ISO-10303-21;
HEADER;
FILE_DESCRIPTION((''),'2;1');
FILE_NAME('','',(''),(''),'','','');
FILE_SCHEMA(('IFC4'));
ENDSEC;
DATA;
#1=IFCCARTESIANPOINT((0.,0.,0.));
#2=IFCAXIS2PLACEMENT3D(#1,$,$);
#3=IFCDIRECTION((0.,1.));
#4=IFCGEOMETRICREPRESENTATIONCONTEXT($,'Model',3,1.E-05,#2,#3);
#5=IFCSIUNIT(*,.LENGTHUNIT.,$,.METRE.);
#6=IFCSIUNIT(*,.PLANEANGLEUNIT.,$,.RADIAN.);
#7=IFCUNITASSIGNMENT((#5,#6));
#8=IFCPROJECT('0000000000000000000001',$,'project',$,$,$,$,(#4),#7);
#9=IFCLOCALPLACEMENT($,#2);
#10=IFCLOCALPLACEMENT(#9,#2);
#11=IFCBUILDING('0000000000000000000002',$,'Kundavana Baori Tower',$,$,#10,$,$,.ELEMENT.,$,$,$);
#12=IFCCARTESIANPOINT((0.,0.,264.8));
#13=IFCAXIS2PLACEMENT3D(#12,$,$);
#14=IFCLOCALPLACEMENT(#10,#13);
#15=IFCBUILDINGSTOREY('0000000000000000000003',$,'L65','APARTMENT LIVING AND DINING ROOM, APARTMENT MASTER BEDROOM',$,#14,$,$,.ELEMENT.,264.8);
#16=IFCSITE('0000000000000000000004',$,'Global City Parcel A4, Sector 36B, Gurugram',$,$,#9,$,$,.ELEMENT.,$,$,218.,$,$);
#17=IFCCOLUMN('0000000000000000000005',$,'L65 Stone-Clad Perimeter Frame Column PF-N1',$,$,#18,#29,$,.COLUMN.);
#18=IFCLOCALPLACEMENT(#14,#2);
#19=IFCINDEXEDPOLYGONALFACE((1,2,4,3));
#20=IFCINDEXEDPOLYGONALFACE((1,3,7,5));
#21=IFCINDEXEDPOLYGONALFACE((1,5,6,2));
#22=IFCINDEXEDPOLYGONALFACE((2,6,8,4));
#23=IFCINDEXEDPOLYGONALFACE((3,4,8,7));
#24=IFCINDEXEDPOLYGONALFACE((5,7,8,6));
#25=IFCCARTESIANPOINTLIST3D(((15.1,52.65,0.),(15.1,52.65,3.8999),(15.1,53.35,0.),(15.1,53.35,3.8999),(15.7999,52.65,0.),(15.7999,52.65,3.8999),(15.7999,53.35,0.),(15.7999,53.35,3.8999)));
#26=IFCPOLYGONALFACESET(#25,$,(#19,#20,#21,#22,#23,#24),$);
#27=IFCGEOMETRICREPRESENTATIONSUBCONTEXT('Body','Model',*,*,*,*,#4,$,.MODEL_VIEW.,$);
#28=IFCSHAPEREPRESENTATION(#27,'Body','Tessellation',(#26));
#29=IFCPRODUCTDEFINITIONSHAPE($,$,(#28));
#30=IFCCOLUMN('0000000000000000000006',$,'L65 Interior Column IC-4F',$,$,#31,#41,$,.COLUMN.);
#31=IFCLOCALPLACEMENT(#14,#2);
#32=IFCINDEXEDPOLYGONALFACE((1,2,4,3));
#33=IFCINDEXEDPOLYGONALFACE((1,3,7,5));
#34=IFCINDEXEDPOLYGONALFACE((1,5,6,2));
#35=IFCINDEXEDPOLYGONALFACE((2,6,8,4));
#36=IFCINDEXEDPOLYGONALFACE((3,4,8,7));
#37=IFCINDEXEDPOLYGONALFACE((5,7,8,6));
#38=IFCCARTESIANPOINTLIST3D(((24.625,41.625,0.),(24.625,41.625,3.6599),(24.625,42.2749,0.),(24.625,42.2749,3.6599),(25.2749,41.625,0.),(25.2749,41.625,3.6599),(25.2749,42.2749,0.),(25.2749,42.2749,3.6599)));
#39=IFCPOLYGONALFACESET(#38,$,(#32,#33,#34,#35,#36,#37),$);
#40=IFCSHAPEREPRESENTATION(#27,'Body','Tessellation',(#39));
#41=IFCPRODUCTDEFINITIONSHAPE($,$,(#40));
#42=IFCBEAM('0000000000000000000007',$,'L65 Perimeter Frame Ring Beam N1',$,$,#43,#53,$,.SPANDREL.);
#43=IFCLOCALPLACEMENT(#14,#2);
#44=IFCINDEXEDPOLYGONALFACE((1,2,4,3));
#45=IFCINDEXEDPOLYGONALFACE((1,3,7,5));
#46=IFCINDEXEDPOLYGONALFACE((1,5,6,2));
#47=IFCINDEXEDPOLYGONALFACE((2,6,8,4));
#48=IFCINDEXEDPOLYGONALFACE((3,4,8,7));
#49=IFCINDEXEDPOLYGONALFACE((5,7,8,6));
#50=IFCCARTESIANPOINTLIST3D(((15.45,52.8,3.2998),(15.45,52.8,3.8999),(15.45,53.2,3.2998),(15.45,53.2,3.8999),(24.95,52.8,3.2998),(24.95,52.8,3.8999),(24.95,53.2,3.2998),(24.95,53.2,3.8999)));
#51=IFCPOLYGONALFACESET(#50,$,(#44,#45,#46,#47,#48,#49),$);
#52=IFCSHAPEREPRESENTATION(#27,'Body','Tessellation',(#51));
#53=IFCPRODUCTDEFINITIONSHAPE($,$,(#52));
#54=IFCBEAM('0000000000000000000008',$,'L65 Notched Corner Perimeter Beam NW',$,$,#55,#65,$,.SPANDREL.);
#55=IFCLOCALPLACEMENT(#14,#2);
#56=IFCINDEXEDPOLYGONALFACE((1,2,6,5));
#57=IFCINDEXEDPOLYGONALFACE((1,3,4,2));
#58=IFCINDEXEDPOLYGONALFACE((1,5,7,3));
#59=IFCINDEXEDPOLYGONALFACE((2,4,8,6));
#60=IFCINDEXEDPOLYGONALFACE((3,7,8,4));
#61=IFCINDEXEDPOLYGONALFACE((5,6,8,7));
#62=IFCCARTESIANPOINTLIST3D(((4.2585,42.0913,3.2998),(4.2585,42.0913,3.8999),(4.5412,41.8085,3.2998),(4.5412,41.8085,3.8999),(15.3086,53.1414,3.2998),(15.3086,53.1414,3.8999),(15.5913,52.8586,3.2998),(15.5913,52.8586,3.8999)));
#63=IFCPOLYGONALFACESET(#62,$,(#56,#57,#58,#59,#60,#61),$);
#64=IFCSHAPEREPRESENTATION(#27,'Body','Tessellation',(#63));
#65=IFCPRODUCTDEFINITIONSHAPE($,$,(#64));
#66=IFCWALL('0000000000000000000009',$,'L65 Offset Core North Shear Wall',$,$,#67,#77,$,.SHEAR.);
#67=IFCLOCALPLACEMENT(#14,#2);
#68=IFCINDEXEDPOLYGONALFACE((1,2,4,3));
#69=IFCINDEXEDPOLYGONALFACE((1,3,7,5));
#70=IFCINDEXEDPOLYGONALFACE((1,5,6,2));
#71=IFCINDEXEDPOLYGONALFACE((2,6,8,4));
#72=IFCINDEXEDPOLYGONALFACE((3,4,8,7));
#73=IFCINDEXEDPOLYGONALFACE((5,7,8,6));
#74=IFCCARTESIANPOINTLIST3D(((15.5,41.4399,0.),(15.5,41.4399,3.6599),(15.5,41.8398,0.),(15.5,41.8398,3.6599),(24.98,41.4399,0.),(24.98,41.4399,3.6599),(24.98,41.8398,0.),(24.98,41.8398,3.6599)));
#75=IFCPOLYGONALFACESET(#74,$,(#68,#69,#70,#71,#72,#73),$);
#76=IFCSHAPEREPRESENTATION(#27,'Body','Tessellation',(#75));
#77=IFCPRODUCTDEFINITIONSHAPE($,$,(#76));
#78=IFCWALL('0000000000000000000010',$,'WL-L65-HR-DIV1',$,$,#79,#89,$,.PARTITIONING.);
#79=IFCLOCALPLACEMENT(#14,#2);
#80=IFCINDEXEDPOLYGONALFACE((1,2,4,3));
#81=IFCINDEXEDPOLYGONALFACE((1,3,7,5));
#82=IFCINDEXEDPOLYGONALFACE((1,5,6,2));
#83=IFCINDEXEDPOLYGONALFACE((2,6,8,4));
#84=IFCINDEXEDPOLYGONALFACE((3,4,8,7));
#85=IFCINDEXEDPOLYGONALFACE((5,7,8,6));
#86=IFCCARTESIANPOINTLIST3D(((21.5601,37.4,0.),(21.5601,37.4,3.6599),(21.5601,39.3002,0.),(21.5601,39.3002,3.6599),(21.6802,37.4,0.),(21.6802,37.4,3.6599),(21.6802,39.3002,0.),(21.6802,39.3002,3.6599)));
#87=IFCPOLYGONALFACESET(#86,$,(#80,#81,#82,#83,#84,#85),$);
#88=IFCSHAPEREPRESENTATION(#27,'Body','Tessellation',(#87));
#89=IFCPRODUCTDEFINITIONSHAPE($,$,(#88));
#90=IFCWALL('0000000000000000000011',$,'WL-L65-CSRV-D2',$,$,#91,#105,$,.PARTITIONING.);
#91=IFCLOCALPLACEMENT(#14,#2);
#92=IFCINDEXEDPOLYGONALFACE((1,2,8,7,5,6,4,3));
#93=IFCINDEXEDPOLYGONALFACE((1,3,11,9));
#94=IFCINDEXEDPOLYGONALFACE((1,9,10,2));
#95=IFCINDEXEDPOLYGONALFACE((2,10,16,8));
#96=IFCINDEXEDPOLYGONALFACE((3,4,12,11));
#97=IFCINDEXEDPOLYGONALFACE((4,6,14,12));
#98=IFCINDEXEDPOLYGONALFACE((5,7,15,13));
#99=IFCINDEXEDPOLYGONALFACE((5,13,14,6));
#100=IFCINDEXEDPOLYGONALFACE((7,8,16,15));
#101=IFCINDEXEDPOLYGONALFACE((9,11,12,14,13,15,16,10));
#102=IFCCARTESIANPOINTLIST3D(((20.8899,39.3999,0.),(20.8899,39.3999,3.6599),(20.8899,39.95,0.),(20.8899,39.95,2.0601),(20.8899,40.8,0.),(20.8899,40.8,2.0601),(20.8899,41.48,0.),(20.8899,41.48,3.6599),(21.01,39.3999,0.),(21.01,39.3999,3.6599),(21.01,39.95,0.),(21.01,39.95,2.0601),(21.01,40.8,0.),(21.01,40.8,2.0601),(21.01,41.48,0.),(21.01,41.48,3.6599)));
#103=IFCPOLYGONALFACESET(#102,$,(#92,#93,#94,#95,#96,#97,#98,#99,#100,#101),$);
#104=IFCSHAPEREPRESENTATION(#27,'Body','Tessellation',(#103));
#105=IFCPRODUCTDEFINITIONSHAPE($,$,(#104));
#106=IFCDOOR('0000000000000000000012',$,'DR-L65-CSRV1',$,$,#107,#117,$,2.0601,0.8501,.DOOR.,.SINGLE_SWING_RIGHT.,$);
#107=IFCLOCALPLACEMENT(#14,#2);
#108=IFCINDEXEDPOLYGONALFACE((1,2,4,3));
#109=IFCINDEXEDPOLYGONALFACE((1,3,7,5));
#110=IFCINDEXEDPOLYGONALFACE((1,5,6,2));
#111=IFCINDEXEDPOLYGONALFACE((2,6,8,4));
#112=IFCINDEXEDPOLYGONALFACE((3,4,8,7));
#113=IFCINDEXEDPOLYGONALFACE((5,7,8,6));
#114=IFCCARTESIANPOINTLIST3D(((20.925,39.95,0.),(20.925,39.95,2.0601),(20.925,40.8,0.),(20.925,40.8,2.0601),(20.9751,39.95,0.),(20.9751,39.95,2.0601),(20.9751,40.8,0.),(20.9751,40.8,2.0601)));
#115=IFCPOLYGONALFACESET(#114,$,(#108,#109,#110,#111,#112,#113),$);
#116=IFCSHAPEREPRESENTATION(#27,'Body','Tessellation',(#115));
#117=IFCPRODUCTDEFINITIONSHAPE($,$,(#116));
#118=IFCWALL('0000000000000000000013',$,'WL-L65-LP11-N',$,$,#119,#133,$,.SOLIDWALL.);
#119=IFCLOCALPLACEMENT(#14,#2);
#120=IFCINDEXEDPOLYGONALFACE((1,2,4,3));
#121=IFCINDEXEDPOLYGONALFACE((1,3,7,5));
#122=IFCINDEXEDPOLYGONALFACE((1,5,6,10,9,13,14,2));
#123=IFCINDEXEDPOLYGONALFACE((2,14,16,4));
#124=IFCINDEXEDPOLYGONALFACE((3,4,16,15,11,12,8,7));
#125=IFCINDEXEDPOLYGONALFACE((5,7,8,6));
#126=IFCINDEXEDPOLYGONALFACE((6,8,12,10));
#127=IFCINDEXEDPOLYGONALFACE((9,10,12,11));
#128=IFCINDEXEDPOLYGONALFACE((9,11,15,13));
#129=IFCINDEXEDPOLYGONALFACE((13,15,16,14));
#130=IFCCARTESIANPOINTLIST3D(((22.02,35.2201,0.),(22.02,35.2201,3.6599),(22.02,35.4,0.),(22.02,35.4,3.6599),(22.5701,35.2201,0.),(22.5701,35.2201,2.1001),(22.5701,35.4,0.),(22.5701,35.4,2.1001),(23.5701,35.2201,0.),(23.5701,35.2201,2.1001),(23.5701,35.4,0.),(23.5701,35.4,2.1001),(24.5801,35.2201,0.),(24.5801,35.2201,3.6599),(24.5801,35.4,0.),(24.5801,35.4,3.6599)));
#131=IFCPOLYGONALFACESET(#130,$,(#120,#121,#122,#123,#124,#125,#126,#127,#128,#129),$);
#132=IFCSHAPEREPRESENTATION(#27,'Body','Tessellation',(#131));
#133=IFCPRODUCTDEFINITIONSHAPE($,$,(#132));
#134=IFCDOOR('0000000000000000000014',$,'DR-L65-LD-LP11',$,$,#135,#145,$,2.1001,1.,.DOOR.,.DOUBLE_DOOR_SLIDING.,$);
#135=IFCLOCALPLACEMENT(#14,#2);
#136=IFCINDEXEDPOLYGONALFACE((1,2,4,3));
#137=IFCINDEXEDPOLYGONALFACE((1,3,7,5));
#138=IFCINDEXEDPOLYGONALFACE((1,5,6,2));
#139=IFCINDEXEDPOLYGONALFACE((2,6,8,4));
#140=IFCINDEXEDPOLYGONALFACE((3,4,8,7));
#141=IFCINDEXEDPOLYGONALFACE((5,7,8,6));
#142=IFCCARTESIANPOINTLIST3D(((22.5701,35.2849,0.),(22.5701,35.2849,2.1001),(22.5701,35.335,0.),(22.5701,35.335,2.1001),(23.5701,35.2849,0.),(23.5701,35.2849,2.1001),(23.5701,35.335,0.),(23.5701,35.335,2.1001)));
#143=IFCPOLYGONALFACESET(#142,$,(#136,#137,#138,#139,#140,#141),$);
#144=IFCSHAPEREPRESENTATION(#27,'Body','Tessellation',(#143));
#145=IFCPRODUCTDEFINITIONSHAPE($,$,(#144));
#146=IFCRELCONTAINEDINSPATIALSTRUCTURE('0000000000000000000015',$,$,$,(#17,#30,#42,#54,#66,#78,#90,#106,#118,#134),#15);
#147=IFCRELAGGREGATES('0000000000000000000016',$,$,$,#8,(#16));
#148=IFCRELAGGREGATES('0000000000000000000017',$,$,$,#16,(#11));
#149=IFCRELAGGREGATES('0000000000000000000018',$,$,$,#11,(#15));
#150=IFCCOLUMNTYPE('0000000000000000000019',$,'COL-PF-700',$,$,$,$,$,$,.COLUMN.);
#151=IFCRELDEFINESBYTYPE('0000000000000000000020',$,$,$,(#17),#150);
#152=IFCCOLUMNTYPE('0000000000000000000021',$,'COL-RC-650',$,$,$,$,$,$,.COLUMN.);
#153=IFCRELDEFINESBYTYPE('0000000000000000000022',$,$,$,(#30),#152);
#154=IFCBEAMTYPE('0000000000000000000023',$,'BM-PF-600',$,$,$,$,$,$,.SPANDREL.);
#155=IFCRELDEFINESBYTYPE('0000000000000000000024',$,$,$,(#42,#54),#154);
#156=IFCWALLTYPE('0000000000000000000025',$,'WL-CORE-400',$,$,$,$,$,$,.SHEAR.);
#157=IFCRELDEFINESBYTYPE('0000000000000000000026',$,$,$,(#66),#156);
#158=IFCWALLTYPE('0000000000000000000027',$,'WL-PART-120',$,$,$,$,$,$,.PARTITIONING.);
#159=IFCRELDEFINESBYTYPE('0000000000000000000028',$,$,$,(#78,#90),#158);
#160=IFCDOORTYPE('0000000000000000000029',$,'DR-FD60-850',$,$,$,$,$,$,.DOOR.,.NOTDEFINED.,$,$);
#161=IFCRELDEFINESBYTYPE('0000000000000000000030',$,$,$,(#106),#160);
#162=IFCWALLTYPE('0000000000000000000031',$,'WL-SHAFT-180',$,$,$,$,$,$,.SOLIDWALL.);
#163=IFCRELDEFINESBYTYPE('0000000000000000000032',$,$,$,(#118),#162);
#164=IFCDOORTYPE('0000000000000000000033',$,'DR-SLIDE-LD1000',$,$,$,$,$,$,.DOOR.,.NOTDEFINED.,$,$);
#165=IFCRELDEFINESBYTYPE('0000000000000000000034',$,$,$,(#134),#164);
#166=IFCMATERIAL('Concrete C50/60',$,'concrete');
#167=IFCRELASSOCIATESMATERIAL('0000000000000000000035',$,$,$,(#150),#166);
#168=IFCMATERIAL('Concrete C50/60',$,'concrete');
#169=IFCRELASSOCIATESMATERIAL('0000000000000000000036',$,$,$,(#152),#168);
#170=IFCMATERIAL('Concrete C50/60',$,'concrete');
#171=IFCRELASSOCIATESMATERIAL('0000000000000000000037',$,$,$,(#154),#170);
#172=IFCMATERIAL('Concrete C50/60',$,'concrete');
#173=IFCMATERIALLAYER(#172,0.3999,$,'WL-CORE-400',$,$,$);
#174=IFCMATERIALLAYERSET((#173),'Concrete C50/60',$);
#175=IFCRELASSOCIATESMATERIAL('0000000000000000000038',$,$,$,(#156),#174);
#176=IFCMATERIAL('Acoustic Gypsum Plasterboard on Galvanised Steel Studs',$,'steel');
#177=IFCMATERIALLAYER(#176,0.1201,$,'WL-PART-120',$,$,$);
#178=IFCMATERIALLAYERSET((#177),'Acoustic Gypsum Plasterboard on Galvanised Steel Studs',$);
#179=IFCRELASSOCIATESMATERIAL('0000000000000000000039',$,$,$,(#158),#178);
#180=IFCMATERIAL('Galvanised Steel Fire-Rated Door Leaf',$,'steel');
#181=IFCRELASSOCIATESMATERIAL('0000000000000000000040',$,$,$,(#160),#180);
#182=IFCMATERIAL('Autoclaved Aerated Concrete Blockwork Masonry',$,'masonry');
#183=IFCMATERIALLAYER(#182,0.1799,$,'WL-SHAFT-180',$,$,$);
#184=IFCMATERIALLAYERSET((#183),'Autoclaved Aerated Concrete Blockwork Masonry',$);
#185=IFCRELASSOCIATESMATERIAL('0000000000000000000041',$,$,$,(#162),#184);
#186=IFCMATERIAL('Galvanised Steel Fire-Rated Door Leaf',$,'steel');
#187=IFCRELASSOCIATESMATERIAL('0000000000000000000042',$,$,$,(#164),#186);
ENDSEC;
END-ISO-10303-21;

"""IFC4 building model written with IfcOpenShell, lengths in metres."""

from ifc_helpers import new_model, si_unit, direction, frame, frame_2d, origin, origin_2d, place, context, subcontext, project, spatial, rectangle, extrude, material, layer, layer_set, material_profile, profile_set, type_object, element, fill, save


model = new_model("IFC4")

# Units and contexts
model_context = context("Model", 3, precision=1e-05, world=origin(), true_north=direction((0.0, 1.0)))
body_context = subcontext(model_context, "Body", "Model", "MODEL_VIEW")
ifc_project = project(units=[si_unit("LENGTHUNIT", "METRE"), si_unit("PLANEANGLEUNIT", "RADIAN")], contexts=[model_context])

# Site, building, storey
site_placement = place(None, origin())
site = spatial("IfcSite", under=ifc_project, at=site_placement, Name="Global City Parcel A4, Sector 36B, Gurugram", CompositionType="ELEMENT", RefElevation=218.0)
building_placement = place(site_placement, origin())
building = spatial("IfcBuilding", under=site, at=building_placement, Name="Kundavana Baori Tower", CompositionType="ELEMENT")
storey_placement = place(building_placement, frame((0.0, 0.0, 264.8)))
storey = spatial("IfcBuildingStorey", under=building, at=storey_placement, Name="L65", Description="APARTMENT LIVING AND DINING ROOM, APARTMENT MASTER BEDROOM", CompositionType="ELEMENT", Elevation=264.8)

# Columns
ifc_material_1 = material(Name="Concrete C50/60", Category="concrete")
ifc_material_profile_1 = material_profile(ifc_material_1, rectangle(XDim=0.7, YDim=0.7, at=origin_2d()), Name="RC PF 700x700")
ifc_profile_set_1 = profile_set([ifc_material_profile_1], Name="Concrete C50/60")
column_type_1 = type_object("IfcColumnType", Name="COL-PF-700", PredefinedType="COLUMN", material=ifc_profile_set_1)
column_1_placement = place(storey_placement, frame((15.45, 53.0, 0.0), z_axis=(0.0, 0.0, 1.0), x_axis=(1.0, 0.0, 0.0)))
element("IfcColumn", 1, at=column_1_placement, inside=storey, type_object=column_type_1, Name="L65 Stone-Clad Perimeter Frame Column PF-N1", PredefinedType="COLUMN", context=body_context, shape_type="SweptSolid", body=[
    extrude(rectangle(XDim=0.7, YDim=0.7, at=origin_2d()), origin(), (0.0, 0.0, 1.0), 3.8999),
])
ifc_material_2 = material(Name="Concrete C50/60", Category="concrete")
ifc_material_profile_2 = material_profile(ifc_material_2, rectangle(XDim=0.6499, YDim=0.6499, at=origin_2d()), Name="RC 650x650")
ifc_profile_set_2 = profile_set([ifc_material_profile_2], Name="Concrete C50/60")
column_type_2 = type_object("IfcColumnType", Name="COL-RC-650", PredefinedType="COLUMN", material=ifc_profile_set_2)
column_2_placement = place(storey_placement, frame((24.95, 41.95, 0.0), z_axis=(0.0, 0.0, 1.0), x_axis=(1.0, 0.0, 0.0)))
element("IfcColumn", 2, at=column_2_placement, inside=storey, type_object=column_type_2, Name="L65 Interior Column IC-4F", PredefinedType="COLUMN", context=body_context, shape_type="SweptSolid", body=[
    extrude(rectangle(XDim=0.6499, YDim=0.6499, at=origin_2d()), origin(), (0.0, 0.0, 1.0), 3.6599),
])

# Beams
ifc_material_3 = material(Name="Concrete C50/60", Category="concrete")
ifc_material_profile_3 = material_profile(ifc_material_3, rectangle(XDim=0.3999, YDim=0.6001, at=origin_2d()), Name="RC BM 400x600")
ifc_profile_set_3 = profile_set([ifc_material_profile_3], Name="Concrete C50/60")
beam_type = type_object("IfcBeamType", Name="BM-PF-600", PredefinedType="SPANDREL", material=ifc_profile_set_3)
beam_1_placement = place(storey_placement, frame((15.45, 53.0, 3.5999), z_axis=(1.0, 0.0, 0.0), x_axis=(0.0, 1.0, 0.0)))
element("IfcBeam", 3, at=beam_1_placement, inside=storey, type_object=beam_type, Name="L65 Perimeter Frame Ring Beam N1", PredefinedType="SPANDREL", context=body_context, shape_type="SweptSolid", body=[
    extrude(rectangle(XDim=0.3999, YDim=0.6001, at=origin_2d()), origin(), (0.0, 0.0, 1.0), 9.5),
])
beam_2_placement = place(storey_placement, frame((15.45, 53.0, 3.5999), z_axis=(-0.707107, -0.707107, 0.0), x_axis=(0.707107, -0.707107, 0.0)))
element("IfcBeam", 4, at=beam_2_placement, inside=storey, type_object=beam_type, Name="L65 Notched Corner Perimeter Beam NW", PredefinedType="SPANDREL", context=body_context, shape_type="SweptSolid", body=[
    extrude(rectangle(XDim=0.3999, YDim=0.6001, at=origin_2d()), origin(), (0.0, 0.0, 1.0), 15.6272),
])

# Walls
ifc_material_4 = material(Name="Concrete C50/60", Category="concrete")
ifc_layer_1 = layer(ifc_material_4, 0.3999, Name="WL-CORE-400")
ifc_layer_set_1 = layer_set([ifc_layer_1], Name="Concrete C50/60")
wall_type_1 = type_object("IfcWallType", Name="WL-CORE-400", PredefinedType="SHEAR", material=ifc_layer_set_1)
wall_1_placement = place(storey_placement, frame((15.5, 41.6399, 0.0), z_axis=(0.0, 0.0, 1.0), x_axis=(1.0, 0.0, 0.0)))
element("IfcWall", 5, at=wall_1_placement, inside=storey, type_object=wall_type_1, Name="L65 Offset Core North Shear Wall", PredefinedType="SHEAR", context=body_context, shape_type="SweptSolid", body=[
    extrude(rectangle(XDim=9.48, YDim=0.3999, at=frame_2d((4.74, 0.0))), origin(), (0.0, 0.0, 1.0), 3.6599),
])
ifc_material_5 = material(Name="Acoustic Gypsum Plasterboard on Galvanised Steel Studs", Category="steel")
ifc_layer_2 = layer(ifc_material_5, 0.1201, Name="WL-PART-120")
ifc_layer_set_2 = layer_set([ifc_layer_2], Name="Acoustic Gypsum Plasterboard on Galvanised Steel Studs")
wall_type_2 = type_object("IfcWallType", Name="WL-PART-120", PredefinedType="PARTITIONING", material=ifc_layer_set_2)
wall_2_placement = place(storey_placement, frame((21.6201, 37.3999, 0.0), z_axis=(0.0, 0.0, 1.0), x_axis=(0.0, 1.0, 0.0)))
element("IfcWall", 6, at=wall_2_placement, inside=storey, type_object=wall_type_2, Name="WL-L65-HR-DIV1", PredefinedType="PARTITIONING", context=body_context, shape_type="SweptSolid", body=[
    extrude(rectangle(XDim=1.9001, YDim=0.1201, at=frame_2d((0.9502, 0.0))), origin(), (0.0, 0.0, 1.0), 3.6599),
])

# Walls, openings, doors
wall_3_placement = place(storey_placement, frame((20.95, 39.3999, 0.0), z_axis=(0.0, 0.0, 1.0), x_axis=(0.0, 1.0, 0.0)))
wall_3 = element("IfcWall", 7, at=wall_3_placement, inside=storey, type_object=wall_type_2, Name="WL-L65-CSRV-D2", PredefinedType="PARTITIONING", context=body_context, shape_type="SweptSolid", body=[
    extrude(rectangle(XDim=2.0801, YDim=0.1201, at=frame_2d((1.04, 0.0))), origin(), (0.0, 0.0, 1.0), 3.6599),
])
opening_1_placement = place(wall_3_placement, frame((0.55, 0.0, 0.0)))
opening_1 = element("IfcOpeningElement", 8, at=opening_1_placement, cuts=wall_3, PredefinedType="OPENING", context=body_context, shape_type="SweptSolid", body=[
    extrude(rectangle(XDim=0.8501, YDim=2.0601, at=frame_2d((0.425, 1.03))), frame((0.0, 0.0701, 0.0), z_axis=(0.0, -1.0, 0.0), x_axis=(1.0, 0.0, 0.0)), (0.0, 0.0, 1.0), 0.1401),
])
ifc_material_6 = material(Name="Galvanised Steel Fire-Rated Door Leaf", Category="steel")
door_type_1 = type_object("IfcDoorType", Name="DR-FD60-850", OperationType="NOTDEFINED", PredefinedType="DOOR", material=ifc_material_6)
door_1_placement = place(opening_1_placement, origin())
door_1 = element("IfcDoor", 9, at=door_1_placement, inside=storey, type_object=door_type_1, Name="DR-L65-CSRV1", OperationType="SINGLE_SWING_RIGHT", OverallHeight=2.0601, OverallWidth=0.8501, PredefinedType="DOOR", context=body_context, shape_type="SweptSolid", body=[
    extrude(rectangle(XDim=0.8501, YDim=2.0601, at=frame_2d((0.425, 1.03))), frame((0.0, 0.0249, 0.0), z_axis=(0.0, -1.0, 0.0), x_axis=(1.0, 0.0, 0.0)), (0.0, 0.0, 1.0), 0.05),
])
fill(opening_1, door_1)
ifc_material_7 = material(Name="Autoclaved Aerated Concrete Blockwork Masonry", Category="masonry")
ifc_layer_3 = layer(ifc_material_7, 0.1799, Name="WL-SHAFT-180")
ifc_layer_set_3 = layer_set([ifc_layer_3], Name="Autoclaved Aerated Concrete Blockwork Masonry")
wall_type_3 = type_object("IfcWallType", Name="WL-SHAFT-180", PredefinedType="SOLIDWALL", material=ifc_layer_set_3)
wall_4_placement = place(storey_placement, frame((22.02, 35.3101, 0.0), z_axis=(0.0, 0.0, 1.0), x_axis=(1.0, 0.0, 0.0)))
wall_4 = element("IfcWall", 10, at=wall_4_placement, inside=storey, type_object=wall_type_3, Name="WL-L65-LP11-N", PredefinedType="SOLIDWALL", context=body_context, shape_type="SweptSolid", body=[
    extrude(rectangle(XDim=2.5601, YDim=0.1799, at=frame_2d((1.28, 0.0))), origin(), (0.0, 0.0, 1.0), 3.6599),
])
opening_2_placement = place(wall_4_placement, frame((0.55, 0.0, 0.0)))
opening_2 = element("IfcOpeningElement", 11, at=opening_2_placement, cuts=wall_4, PredefinedType="OPENING", context=body_context, shape_type="SweptSolid", body=[
    extrude(rectangle(XDim=1.0, YDim=2.1001, at=frame_2d((0.5, 1.05))), frame((0.0, 0.1001, 0.0), z_axis=(0.0, -1.0, 0.0), x_axis=(1.0, 0.0, 0.0)), (0.0, 0.0, 1.0), 0.2),
])
ifc_material_8 = material(Name="Galvanised Steel Fire-Rated Door Leaf", Category="steel")
door_type_2 = type_object("IfcDoorType", Name="DR-SLIDE-LD1000", OperationType="NOTDEFINED", PredefinedType="DOOR", material=ifc_material_8)
door_2_placement = place(opening_2_placement, origin())
door_2 = element("IfcDoor", 12, at=door_2_placement, inside=storey, type_object=door_type_2, Name="DR-L65-LD-LP11", OperationType="DOUBLE_DOOR_SLIDING", OverallHeight=2.1001, OverallWidth=1.0, PredefinedType="DOOR", context=body_context, shape_type="SweptSolid", body=[
    extrude(rectangle(XDim=1.0, YDim=2.1001, at=frame_2d((0.5, 1.05))), frame((0.0, 0.0249, 0.0), z_axis=(0.0, -1.0, 0.0), x_axis=(1.0, 0.0, 0.0)), (0.0, 0.0, 1.0), 0.05),
])
fill(opening_2, door_2)

save(model, "model.ifc")
